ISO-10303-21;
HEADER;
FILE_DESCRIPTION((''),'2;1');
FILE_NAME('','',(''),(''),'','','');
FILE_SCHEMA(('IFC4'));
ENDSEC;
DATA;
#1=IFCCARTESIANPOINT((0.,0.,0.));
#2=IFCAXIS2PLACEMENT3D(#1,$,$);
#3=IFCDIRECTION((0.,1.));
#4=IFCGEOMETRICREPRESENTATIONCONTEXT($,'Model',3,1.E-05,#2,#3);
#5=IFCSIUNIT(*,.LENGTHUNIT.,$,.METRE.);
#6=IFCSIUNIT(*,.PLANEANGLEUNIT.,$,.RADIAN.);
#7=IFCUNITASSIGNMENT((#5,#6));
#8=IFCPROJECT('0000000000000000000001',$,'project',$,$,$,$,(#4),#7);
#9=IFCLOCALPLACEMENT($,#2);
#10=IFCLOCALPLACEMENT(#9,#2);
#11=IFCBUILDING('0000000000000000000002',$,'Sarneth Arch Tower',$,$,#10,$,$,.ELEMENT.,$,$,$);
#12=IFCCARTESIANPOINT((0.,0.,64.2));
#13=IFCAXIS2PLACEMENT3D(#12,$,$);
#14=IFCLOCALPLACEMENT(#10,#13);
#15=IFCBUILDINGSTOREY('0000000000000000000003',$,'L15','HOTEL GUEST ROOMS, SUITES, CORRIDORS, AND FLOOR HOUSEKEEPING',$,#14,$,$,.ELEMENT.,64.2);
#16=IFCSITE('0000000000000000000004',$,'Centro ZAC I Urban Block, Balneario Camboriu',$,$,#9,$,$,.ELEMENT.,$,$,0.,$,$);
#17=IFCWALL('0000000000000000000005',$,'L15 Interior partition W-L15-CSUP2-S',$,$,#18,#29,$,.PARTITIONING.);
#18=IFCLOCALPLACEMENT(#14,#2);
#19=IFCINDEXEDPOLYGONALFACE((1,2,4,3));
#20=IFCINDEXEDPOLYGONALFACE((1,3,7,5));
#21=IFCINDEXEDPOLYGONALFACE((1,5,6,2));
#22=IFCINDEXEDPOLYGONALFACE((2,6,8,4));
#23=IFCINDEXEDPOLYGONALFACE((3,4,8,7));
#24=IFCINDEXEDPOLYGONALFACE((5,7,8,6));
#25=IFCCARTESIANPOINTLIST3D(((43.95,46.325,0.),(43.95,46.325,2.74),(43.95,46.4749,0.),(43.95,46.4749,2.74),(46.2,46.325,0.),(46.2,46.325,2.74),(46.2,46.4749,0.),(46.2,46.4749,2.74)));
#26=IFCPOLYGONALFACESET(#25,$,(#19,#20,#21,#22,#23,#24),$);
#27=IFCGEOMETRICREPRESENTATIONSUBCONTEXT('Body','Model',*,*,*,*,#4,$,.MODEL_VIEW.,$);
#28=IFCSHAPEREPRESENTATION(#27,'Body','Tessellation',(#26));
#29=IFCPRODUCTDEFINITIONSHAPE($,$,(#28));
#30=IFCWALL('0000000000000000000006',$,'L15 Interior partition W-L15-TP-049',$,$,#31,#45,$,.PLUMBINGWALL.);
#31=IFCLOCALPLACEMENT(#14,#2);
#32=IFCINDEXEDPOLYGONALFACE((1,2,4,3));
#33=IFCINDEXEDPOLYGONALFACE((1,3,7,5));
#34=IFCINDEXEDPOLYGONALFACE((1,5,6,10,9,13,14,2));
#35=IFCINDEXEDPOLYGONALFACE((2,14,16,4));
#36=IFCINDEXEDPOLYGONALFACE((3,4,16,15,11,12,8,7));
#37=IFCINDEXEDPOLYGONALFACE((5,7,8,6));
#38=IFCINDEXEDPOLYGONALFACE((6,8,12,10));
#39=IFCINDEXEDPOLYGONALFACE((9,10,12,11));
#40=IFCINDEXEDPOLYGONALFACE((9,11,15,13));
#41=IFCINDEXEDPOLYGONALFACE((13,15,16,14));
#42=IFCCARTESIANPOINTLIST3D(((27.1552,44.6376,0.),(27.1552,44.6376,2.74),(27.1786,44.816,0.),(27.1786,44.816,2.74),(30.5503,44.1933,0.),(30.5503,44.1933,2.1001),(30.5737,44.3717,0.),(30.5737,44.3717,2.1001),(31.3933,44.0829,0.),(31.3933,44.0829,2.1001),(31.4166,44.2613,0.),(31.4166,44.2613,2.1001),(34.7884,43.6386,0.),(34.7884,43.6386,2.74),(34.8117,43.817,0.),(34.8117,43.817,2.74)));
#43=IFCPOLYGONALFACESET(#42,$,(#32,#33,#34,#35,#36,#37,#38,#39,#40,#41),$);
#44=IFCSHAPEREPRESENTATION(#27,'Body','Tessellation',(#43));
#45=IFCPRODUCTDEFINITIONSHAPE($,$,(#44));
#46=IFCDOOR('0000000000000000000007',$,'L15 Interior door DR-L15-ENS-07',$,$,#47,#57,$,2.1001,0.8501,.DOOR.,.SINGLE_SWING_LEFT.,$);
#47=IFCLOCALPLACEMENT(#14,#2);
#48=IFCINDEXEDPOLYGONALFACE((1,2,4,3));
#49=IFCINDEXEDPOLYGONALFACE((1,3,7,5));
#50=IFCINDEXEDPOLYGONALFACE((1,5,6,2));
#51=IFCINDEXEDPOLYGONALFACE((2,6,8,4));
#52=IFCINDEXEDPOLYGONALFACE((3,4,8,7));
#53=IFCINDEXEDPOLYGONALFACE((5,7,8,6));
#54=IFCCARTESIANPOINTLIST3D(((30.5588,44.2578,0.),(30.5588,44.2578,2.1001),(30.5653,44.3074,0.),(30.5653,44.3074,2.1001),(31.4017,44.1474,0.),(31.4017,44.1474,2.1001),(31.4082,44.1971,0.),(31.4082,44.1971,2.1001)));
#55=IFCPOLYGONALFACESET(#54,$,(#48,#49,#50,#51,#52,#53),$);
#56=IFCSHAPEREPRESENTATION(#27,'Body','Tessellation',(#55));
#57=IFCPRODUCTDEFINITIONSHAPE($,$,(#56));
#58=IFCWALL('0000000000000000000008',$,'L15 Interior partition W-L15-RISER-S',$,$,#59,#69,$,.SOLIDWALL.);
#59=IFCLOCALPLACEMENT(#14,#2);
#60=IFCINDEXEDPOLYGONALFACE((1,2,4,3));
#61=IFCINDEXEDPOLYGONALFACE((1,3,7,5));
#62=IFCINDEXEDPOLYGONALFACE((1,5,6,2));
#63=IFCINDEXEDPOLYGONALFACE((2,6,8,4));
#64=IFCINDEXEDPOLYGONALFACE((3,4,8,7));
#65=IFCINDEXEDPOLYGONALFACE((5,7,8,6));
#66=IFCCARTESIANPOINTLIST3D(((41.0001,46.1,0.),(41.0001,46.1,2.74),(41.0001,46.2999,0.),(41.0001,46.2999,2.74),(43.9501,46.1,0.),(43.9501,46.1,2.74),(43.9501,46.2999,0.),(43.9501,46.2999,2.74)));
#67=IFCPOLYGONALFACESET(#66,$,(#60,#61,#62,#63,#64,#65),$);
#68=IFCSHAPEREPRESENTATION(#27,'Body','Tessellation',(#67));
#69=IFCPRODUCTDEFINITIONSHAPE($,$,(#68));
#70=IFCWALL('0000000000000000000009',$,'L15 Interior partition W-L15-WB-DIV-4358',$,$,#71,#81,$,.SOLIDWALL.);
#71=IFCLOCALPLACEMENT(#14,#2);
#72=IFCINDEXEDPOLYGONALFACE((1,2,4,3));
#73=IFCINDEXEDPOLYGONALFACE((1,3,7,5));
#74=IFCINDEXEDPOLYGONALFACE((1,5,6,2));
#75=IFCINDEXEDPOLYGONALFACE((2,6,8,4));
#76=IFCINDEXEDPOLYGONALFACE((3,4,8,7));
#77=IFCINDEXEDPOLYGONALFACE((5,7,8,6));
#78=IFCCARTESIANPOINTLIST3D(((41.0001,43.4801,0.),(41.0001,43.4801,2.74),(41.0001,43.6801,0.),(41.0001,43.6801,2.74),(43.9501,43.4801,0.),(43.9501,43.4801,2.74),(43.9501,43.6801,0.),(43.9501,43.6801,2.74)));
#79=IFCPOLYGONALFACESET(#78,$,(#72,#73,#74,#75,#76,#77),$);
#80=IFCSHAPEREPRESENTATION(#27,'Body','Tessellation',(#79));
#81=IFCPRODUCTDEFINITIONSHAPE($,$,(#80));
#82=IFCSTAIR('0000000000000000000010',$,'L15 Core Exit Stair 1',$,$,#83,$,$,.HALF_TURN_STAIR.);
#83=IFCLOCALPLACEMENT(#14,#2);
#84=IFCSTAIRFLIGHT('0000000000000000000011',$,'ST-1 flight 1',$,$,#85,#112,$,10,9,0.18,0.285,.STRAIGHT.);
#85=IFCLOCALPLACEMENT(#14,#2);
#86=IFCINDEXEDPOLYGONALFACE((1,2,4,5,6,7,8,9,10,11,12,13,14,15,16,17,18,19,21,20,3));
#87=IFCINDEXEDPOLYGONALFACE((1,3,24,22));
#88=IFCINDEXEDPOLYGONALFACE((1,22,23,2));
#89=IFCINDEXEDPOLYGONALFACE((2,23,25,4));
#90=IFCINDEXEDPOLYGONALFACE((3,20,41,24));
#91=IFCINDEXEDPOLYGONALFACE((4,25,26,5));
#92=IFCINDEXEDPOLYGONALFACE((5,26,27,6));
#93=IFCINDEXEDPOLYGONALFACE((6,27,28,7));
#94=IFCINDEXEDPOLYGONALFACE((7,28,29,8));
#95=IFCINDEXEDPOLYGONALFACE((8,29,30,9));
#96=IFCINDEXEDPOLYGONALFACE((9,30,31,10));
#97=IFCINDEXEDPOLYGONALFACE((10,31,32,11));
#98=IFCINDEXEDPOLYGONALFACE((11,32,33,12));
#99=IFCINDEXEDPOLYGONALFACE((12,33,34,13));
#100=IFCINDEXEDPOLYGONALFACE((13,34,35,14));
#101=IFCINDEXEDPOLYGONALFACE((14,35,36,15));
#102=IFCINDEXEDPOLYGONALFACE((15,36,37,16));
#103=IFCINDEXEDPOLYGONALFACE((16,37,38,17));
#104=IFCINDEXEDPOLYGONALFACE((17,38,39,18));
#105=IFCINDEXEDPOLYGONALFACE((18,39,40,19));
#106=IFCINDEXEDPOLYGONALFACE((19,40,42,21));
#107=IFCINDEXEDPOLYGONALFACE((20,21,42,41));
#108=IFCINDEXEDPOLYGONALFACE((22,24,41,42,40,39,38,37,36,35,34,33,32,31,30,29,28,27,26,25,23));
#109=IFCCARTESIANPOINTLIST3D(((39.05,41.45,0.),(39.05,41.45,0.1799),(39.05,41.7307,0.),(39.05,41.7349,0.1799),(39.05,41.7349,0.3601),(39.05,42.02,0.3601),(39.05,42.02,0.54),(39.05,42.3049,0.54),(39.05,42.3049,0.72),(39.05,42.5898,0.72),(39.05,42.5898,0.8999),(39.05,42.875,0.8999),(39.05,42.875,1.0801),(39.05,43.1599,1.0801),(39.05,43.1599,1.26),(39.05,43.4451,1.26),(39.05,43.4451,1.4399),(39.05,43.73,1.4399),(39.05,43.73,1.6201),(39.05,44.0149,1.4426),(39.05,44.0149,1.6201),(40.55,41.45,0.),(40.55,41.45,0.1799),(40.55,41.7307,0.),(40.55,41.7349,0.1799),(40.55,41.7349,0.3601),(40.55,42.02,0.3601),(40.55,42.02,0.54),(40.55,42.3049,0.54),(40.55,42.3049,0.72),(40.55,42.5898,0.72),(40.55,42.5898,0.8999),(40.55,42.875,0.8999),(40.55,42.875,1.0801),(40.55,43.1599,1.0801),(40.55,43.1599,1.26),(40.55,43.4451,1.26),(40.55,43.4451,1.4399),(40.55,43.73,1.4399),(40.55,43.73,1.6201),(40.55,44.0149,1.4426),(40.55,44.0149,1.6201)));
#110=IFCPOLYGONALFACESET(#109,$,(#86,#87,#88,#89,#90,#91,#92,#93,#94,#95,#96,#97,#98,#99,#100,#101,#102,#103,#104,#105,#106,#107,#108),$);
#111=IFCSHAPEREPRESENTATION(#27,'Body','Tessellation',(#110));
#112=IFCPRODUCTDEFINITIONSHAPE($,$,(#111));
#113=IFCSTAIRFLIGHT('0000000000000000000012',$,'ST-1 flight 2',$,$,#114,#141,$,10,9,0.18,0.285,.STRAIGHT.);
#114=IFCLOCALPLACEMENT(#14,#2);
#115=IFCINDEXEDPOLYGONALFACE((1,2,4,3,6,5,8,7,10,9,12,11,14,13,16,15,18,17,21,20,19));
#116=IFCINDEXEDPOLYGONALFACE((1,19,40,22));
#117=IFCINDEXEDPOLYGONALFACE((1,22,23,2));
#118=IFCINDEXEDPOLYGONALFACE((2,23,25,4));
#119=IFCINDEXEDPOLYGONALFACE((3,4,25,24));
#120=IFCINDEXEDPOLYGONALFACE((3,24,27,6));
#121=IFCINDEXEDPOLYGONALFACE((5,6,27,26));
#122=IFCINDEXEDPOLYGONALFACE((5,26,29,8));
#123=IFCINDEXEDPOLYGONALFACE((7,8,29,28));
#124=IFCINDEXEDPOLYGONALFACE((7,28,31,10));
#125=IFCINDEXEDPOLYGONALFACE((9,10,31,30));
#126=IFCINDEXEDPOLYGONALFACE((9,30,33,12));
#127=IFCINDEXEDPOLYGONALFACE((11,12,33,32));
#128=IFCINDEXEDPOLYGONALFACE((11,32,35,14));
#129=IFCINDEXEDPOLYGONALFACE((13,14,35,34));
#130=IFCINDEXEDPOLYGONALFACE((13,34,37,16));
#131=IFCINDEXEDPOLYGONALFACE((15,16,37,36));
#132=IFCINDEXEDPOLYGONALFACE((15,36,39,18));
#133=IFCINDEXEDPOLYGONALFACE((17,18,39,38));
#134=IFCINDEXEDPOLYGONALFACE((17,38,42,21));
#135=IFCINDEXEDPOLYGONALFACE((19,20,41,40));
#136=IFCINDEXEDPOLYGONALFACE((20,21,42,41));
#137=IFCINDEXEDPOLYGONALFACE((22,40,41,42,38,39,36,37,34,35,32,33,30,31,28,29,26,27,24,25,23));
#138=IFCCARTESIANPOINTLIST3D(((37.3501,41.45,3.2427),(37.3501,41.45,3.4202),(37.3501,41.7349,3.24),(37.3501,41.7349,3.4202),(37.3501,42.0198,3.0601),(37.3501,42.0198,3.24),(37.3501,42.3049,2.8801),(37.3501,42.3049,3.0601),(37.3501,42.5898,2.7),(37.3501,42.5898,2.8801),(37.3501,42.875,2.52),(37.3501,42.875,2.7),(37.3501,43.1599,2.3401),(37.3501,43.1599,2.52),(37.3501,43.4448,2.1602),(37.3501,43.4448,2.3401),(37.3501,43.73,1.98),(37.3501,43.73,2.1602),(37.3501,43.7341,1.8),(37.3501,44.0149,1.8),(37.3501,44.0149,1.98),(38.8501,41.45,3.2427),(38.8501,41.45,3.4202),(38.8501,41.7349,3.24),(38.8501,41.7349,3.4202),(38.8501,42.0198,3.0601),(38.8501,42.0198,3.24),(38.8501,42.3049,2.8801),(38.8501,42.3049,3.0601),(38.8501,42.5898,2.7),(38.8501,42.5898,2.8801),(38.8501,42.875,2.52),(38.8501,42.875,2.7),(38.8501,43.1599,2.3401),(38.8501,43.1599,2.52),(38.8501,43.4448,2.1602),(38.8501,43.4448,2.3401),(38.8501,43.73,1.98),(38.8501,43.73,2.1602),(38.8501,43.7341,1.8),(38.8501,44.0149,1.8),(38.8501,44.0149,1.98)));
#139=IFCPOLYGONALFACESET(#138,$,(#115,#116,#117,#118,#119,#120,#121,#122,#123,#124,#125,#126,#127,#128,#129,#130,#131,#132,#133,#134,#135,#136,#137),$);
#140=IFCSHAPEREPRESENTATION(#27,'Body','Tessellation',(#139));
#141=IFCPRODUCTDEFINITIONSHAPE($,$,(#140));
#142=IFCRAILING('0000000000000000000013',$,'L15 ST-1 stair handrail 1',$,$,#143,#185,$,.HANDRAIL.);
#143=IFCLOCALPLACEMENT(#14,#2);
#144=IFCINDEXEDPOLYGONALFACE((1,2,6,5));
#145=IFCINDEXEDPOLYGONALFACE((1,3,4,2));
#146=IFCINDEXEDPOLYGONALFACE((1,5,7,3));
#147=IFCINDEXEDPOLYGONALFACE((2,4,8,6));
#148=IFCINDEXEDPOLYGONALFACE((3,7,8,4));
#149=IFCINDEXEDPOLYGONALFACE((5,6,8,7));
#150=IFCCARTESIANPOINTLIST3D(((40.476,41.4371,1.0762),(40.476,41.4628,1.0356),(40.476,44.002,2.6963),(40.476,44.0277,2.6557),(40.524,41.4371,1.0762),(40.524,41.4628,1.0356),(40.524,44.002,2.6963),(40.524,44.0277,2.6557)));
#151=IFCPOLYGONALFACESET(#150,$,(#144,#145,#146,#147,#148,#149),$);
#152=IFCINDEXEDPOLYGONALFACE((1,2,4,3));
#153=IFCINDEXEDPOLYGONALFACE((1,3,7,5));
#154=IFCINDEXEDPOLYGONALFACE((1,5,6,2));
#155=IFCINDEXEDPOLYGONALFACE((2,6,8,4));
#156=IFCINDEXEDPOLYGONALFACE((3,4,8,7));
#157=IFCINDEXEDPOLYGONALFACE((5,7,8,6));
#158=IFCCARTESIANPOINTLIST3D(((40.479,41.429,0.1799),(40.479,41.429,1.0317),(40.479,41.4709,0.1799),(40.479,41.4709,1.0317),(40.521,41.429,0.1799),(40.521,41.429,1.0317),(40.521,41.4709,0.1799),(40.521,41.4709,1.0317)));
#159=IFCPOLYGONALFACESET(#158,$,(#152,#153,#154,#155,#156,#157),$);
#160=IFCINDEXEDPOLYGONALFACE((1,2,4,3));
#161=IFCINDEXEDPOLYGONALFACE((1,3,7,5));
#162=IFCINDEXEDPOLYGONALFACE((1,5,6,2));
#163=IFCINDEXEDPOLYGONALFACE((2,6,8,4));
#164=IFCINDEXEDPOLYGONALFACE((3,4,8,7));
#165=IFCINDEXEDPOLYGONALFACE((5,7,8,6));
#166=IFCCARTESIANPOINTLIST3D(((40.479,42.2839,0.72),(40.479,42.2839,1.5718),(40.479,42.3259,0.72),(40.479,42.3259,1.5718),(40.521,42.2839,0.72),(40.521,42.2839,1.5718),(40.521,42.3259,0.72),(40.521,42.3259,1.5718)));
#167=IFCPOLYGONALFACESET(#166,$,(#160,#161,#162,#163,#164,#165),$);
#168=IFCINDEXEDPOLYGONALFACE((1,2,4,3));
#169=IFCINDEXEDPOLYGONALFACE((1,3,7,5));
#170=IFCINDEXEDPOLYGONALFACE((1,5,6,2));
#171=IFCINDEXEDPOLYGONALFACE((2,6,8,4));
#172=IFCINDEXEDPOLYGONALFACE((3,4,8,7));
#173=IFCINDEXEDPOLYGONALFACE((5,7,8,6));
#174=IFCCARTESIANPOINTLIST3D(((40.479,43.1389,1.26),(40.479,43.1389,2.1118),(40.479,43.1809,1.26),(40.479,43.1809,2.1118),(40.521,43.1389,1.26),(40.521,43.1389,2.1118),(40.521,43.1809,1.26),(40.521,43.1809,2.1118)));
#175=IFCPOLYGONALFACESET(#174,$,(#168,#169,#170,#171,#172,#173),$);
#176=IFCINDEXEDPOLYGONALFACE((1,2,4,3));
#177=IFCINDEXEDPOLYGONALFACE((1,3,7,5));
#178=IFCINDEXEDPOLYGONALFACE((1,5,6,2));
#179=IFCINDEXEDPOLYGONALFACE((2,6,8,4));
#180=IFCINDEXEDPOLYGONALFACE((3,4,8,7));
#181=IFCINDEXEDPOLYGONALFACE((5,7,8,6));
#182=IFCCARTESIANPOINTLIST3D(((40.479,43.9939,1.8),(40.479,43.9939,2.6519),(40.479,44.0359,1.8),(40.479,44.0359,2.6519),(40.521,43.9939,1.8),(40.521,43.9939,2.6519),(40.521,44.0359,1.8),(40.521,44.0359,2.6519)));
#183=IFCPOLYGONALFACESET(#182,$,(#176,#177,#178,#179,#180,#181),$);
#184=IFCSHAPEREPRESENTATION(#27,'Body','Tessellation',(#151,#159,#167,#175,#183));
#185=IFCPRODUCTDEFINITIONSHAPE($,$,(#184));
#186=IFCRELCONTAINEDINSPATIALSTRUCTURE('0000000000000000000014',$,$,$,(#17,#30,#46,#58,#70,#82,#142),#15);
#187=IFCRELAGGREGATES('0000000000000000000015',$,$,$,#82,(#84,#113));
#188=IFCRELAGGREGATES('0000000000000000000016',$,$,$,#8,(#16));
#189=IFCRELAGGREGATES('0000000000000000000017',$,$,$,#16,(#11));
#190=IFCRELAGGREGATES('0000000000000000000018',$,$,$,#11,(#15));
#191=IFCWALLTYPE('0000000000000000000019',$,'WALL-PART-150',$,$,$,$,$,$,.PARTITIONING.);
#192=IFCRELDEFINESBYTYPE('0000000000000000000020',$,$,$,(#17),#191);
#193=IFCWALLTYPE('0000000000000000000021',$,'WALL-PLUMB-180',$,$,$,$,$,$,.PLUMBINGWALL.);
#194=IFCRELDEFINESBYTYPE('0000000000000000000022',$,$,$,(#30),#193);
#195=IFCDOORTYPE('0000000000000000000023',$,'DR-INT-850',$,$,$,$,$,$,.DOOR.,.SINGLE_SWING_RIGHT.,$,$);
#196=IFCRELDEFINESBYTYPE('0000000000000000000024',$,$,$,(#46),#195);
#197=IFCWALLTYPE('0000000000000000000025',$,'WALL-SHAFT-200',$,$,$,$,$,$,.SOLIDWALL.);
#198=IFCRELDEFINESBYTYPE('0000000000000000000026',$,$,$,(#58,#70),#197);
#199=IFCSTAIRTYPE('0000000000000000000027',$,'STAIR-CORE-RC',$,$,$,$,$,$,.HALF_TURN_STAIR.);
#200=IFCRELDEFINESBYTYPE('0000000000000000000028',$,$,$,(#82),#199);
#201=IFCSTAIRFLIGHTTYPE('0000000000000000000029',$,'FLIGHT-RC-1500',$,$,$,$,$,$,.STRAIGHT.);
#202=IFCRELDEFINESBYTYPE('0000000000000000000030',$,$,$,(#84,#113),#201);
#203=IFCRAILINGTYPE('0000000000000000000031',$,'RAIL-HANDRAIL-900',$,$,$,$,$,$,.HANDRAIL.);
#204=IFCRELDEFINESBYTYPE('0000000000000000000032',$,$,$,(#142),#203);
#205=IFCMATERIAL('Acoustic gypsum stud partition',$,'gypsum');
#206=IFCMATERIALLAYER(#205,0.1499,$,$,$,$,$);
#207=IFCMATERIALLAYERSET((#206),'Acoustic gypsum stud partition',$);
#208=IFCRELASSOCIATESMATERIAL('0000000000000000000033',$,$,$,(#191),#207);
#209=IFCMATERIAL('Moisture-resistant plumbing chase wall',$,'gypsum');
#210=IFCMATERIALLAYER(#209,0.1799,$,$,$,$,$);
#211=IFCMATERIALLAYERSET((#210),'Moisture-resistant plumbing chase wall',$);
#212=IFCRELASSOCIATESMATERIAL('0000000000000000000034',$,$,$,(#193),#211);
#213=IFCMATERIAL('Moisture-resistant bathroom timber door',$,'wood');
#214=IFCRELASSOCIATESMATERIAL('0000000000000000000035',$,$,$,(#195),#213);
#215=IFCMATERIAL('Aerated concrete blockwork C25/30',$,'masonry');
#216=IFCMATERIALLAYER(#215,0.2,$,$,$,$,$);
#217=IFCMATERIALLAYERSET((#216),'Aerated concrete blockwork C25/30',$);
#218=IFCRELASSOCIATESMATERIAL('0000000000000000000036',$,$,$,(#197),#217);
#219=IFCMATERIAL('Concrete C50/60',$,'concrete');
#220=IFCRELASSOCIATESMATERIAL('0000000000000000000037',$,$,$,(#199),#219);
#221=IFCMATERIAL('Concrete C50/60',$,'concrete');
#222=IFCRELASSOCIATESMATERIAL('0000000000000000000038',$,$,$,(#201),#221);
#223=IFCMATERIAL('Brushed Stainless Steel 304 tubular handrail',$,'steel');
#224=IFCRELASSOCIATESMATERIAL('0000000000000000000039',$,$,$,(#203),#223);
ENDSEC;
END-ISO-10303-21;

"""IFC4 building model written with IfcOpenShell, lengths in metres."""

from ifc_helpers import new_model, si_unit, direction, frame, frame_2d, origin, origin_2d, place, context, subcontext, project, spatial, polyline, rectangle, outline, extrude, material, layer, layer_set, type_object, element, fill, aggregate, save


model = new_model("IFC4")

# Units and contexts
model_context = context("Model", 3, precision=1e-05, world=origin(), true_north=direction((0.0, 1.0)))
body_context = subcontext(model_context, "Body", "Model", "MODEL_VIEW")
ifc_project = project(units=[si_unit("LENGTHUNIT", "METRE"), si_unit("PLANEANGLEUNIT", "RADIAN")], contexts=[model_context])

# Site, building, storey
site_placement = place(None, origin())
site = spatial("IfcSite", under=ifc_project, at=site_placement, Name="Centro ZAC I Urban Block, Balneario Camboriu", CompositionType="ELEMENT", RefElevation=0.0)
building_placement = place(site_placement, origin())
building = spatial("IfcBuilding", under=site, at=building_placement, Name="Sarneth Arch Tower", CompositionType="ELEMENT")
storey_placement = place(building_placement, frame((0.0, 0.0, 64.2)))
storey = spatial("IfcBuildingStorey", under=building, at=storey_placement, Name="L15", Description="HOTEL GUEST ROOMS, SUITES, CORRIDORS, AND FLOOR HOUSEKEEPING", CompositionType="ELEMENT", Elevation=64.2)

# Wall
ifc_material_1 = material(Name="Acoustic gypsum stud partition", Category="gypsum")
ifc_layer_1 = layer(ifc_material_1, 0.1499)
ifc_layer_set_1 = layer_set([ifc_layer_1], Name="Acoustic gypsum stud partition")
wall_type_1 = type_object("IfcWallType", Name="WALL-PART-150", PredefinedType="PARTITIONING", material=ifc_layer_set_1)
wall_1_placement = place(storey_placement, frame((43.95, 46.3999, 0.0), z_axis=(0.0, 0.0, 1.0), x_axis=(1.0, 0.0, 0.0)))
element("IfcWall", 1, at=wall_1_placement, inside=storey, type_object=wall_type_1, Name="L15 Interior partition W-L15-CSUP2-S", PredefinedType="PARTITIONING", context=body_context, shape_type="SweptSolid", body=[
    extrude(rectangle(XDim=2.25, YDim=0.1499, at=frame_2d((1.125, 0.0))), origin(), (0.0, 0.0, 1.0), 2.74),
])

# Wall, opening, door
ifc_material_2 = material(Name="Moisture-resistant plumbing chase wall", Category="gypsum")
ifc_layer_2 = layer(ifc_material_2, 0.1799)
ifc_layer_set_2 = layer_set([ifc_layer_2], Name="Moisture-resistant plumbing chase wall")
wall_type_2 = type_object("IfcWallType", Name="WALL-PLUMB-180", PredefinedType="PLUMBINGWALL", material=ifc_layer_set_2)
wall_2_placement = place(storey_placement, frame((34.8, 43.7278, 0.0), z_axis=(0.0, 0.0, 1.0), x_axis=(-0.991544, 0.129774, 0.0)))
wall_2 = element("IfcWall", 2, at=wall_2_placement, inside=storey, type_object=wall_type_2, Name="L15 Interior partition W-L15-TP-049", PredefinedType="PLUMBINGWALL", context=body_context, shape_type="SweptSolid", body=[
    extrude(rectangle(XDim=7.6982, YDim=0.1799, at=frame_2d((3.8491, 0.0))), origin(), (0.0, 0.0, 1.0), 2.74),
])
opening_1_placement = place(wall_2_placement, frame((3.4241, 0.0, 0.0)))
opening_1 = element("IfcOpeningElement", 3, at=opening_1_placement, cuts=wall_2, PredefinedType="OPENING", context=body_context, shape_type="SweptSolid", body=[
    extrude(rectangle(XDim=0.8501, YDim=2.1001, at=frame_2d((0.425, 1.05))), frame((0.0, 0.0999, 0.0), z_axis=(0.0, -1.0, 0.0), x_axis=(1.0, 0.0, 0.0)), (0.0, 0.0, 1.0), 0.2),
])
ifc_material_3 = material(Name="Moisture-resistant bathroom timber door", Category="wood")
door_type_1 = type_object("IfcDoorType", Name="DR-INT-850", OperationType="SINGLE_SWING_RIGHT", PredefinedType="DOOR", material=ifc_material_3)
door_1_placement = place(opening_1_placement, origin())
door_1 = element("IfcDoor", 4, at=door_1_placement, inside=storey, type_object=door_type_1, Name="L15 Interior door DR-L15-ENS-07", OperationType="SINGLE_SWING_LEFT", OverallHeight=2.1001, OverallWidth=0.8501, PredefinedType="DOOR", context=body_context, shape_type="SweptSolid", body=[
    extrude(rectangle(XDim=0.8501, YDim=2.1001, at=frame_2d((0.425, 1.05))), frame((0.0, 0.0249, 0.0), z_axis=(0.0, -1.0, 0.0), x_axis=(1.0, 0.0, 0.0)), (0.0, 0.0, 1.0), 0.05),
])
fill(opening_1, door_1)

# Wall
ifc_material_4 = material(Name="Aerated concrete blockwork C25/30", Category="masonry")
ifc_layer_3 = layer(ifc_material_4, 0.2)
ifc_layer_set_3 = layer_set([ifc_layer_3], Name="Aerated concrete blockwork C25/30")
wall_type_3 = type_object("IfcWallType", Name="WALL-SHAFT-200", PredefinedType="SOLIDWALL", material=ifc_layer_set_3)
wall_3_placement = place(storey_placement, frame((41.0, 46.2, 0.0), z_axis=(0.0, 0.0, 1.0), x_axis=(1.0, 0.0, 0.0)))
element("IfcWall", 5, at=wall_3_placement, inside=storey, type_object=wall_type_3, Name="L15 Interior partition W-L15-RISER-S", PredefinedType="SOLIDWALL", context=body_context, shape_type="SweptSolid", body=[
    extrude(rectangle(XDim=2.95, YDim=0.2, at=frame_2d((1.4751, 0.0))), origin(), (0.0, 0.0, 1.0), 2.74),
])

# Wall
wall_4_placement = place(storey_placement, frame((41.0, 43.5801, 0.0), z_axis=(0.0, 0.0, 1.0), x_axis=(1.0, 0.0, 0.0)))
element("IfcWall", 6, at=wall_4_placement, inside=storey, type_object=wall_type_3, Name="L15 Interior partition W-L15-WB-DIV-4358", PredefinedType="SOLIDWALL", context=body_context, shape_type="SweptSolid", body=[
    extrude(rectangle(XDim=2.95, YDim=0.2, at=frame_2d((1.4751, 0.0))), origin(), (0.0, 0.0, 1.0), 2.74),
])

# Stair, stair flights
ifc_material_5 = material(Name="Concrete C50/60", Category="concrete")
stair_type = type_object("IfcStairType", Name="STAIR-CORE-RC", PredefinedType="HALF_TURN_STAIR", material=ifc_material_5)
stair_placement = place(storey_placement, origin())
stair = element("IfcStair", 7, at=stair_placement, inside=storey, type_object=stair_type, Name="L15 Core Exit Stair 1", PredefinedType="HALF_TURN_STAIR")
ifc_material_6 = material(Name="Concrete C50/60", Category="concrete")
stair_flight_type = type_object("IfcStairFlightType", Name="FLIGHT-RC-1500", PredefinedType="STRAIGHT", material=ifc_material_6)
stair_flight_1_placement = place(storey_placement, frame((39.8, 41.45, 0.0), z_axis=(0.0, 0.0, 1.0), x_axis=(0.0, 1.0, 0.0)))
stair_flight_1 = element("IfcStairFlight", 8, at=stair_flight_1_placement, type_object=stair_flight_type, Name="ST-1 flight 1", NumberOfRisers=10, NumberOfTreads=9, PredefinedType="STRAIGHT", RiserHeight=0.18, TreadLength=0.285, context=body_context, shape_type="SweptSolid", body=[
    extrude(outline(polyline([(0.0, 0.0), (0.0, 0.1799), (0.2849, 0.1799), (0.2849, 0.3601), (0.5701, 0.3601), (0.5701, 0.54), (0.855, 0.54), (0.855, 0.72), (1.1399, 0.72), (1.1399, 0.8999), (1.425, 0.8999), (1.425, 1.0801), (1.71, 1.0801), (1.71, 1.26), (1.9951, 1.26), (1.9951, 1.4399), (2.28, 1.4399), (2.28, 1.6201), (2.5649, 1.6201), (2.5649, 1.8), (2.5649, 1.4426), (0.2808, 0.0), (0.0, 0.0)])), frame((0.0, 0.75, 0.0), z_axis=(0.0, -1.0, 0.0), x_axis=(1.0, 0.0, 0.0)), (0.0, 0.0, 1.0), 1.5),
])
stair_flight_2_placement = place(storey_placement, frame((38.1001, 44.0149, 1.8), z_axis=(0.0, 0.0, 1.0), x_axis=(0.0, -1.0, 0.0)))
stair_flight_2 = element("IfcStairFlight", 9, at=stair_flight_2_placement, type_object=stair_flight_type, Name="ST-1 flight 2", NumberOfRisers=10, NumberOfTreads=9, PredefinedType="STRAIGHT", RiserHeight=0.18, TreadLength=0.285, context=body_context, shape_type="SweptSolid", body=[
    extrude(outline(polyline([(0.0, 0.0), (0.0, 0.1799), (0.2849, 0.1799), (0.2849, 0.3601), (0.5701, 0.3601), (0.5701, 0.54), (0.855, 0.54), (0.855, 0.72), (1.1399, 0.72), (1.1399, 0.8999), (1.425, 0.8999), (1.425, 1.0801), (1.71, 1.0801), (1.71, 1.26), (1.9951, 1.26), (1.9951, 1.4399), (2.28, 1.4399), (2.28, 1.6201), (2.5649, 1.6201), (2.5649, 1.8), (2.5649, 1.4426), (0.2808, 0.0), (0.0, 0.0)])), frame((0.0, 0.75, 0.0), z_axis=(0.0, -1.0, 0.0), x_axis=(1.0, 0.0, 0.0)), (0.0, 0.0, 1.0), 1.5),
])
aggregate(stair, [stair_flight_1, stair_flight_2])

# Railing
ifc_material_7 = material(Name="Brushed Stainless Steel 304 tubular handrail", Category="steel")
railing_type_1 = type_object("IfcRailingType", Name="RAIL-HANDRAIL-900", PredefinedType="HANDRAIL", material=ifc_material_7)
railing_1_placement = place(storey_placement, frame((40.5, 41.45, 0.1799)))
element("IfcRailing", 10, at=railing_1_placement, inside=storey, type_object=railing_type_1, Name="L15 ST-1 stair handrail 1", PredefinedType="HANDRAIL", context=body_context, shape_type="SweptSolid", body=[
    extrude(rectangle(XDim=0.0481, YDim=0.0481, at=origin_2d()), frame((0.0, 0.0, 0.876), z_axis=(0.0, 0.845466, 0.534029), x_axis=(-1.0, 0.0, 0.0)), (0.0, 0.0, 1.0), 3.0337),
    extrude(rectangle(XDim=0.042, YDim=0.042, at=origin_2d()), origin(), (0.0, 0.0, 1.0), 0.8518),
    extrude(rectangle(XDim=0.042, YDim=0.042, at=origin_2d()), frame((0.0, 0.855, 0.54)), (0.0, 0.0, 1.0), 0.8518),
    extrude(rectangle(XDim=0.042, YDim=0.042, at=origin_2d()), frame((0.0, 1.71, 1.0801)), (0.0, 0.0, 1.0), 0.8518),
    extrude(rectangle(XDim=0.042, YDim=0.042, at=origin_2d()), frame((0.0, 2.5649, 1.6201)), (0.0, 0.0, 1.0), 0.8518),
])

save(model, "model.ifc")
